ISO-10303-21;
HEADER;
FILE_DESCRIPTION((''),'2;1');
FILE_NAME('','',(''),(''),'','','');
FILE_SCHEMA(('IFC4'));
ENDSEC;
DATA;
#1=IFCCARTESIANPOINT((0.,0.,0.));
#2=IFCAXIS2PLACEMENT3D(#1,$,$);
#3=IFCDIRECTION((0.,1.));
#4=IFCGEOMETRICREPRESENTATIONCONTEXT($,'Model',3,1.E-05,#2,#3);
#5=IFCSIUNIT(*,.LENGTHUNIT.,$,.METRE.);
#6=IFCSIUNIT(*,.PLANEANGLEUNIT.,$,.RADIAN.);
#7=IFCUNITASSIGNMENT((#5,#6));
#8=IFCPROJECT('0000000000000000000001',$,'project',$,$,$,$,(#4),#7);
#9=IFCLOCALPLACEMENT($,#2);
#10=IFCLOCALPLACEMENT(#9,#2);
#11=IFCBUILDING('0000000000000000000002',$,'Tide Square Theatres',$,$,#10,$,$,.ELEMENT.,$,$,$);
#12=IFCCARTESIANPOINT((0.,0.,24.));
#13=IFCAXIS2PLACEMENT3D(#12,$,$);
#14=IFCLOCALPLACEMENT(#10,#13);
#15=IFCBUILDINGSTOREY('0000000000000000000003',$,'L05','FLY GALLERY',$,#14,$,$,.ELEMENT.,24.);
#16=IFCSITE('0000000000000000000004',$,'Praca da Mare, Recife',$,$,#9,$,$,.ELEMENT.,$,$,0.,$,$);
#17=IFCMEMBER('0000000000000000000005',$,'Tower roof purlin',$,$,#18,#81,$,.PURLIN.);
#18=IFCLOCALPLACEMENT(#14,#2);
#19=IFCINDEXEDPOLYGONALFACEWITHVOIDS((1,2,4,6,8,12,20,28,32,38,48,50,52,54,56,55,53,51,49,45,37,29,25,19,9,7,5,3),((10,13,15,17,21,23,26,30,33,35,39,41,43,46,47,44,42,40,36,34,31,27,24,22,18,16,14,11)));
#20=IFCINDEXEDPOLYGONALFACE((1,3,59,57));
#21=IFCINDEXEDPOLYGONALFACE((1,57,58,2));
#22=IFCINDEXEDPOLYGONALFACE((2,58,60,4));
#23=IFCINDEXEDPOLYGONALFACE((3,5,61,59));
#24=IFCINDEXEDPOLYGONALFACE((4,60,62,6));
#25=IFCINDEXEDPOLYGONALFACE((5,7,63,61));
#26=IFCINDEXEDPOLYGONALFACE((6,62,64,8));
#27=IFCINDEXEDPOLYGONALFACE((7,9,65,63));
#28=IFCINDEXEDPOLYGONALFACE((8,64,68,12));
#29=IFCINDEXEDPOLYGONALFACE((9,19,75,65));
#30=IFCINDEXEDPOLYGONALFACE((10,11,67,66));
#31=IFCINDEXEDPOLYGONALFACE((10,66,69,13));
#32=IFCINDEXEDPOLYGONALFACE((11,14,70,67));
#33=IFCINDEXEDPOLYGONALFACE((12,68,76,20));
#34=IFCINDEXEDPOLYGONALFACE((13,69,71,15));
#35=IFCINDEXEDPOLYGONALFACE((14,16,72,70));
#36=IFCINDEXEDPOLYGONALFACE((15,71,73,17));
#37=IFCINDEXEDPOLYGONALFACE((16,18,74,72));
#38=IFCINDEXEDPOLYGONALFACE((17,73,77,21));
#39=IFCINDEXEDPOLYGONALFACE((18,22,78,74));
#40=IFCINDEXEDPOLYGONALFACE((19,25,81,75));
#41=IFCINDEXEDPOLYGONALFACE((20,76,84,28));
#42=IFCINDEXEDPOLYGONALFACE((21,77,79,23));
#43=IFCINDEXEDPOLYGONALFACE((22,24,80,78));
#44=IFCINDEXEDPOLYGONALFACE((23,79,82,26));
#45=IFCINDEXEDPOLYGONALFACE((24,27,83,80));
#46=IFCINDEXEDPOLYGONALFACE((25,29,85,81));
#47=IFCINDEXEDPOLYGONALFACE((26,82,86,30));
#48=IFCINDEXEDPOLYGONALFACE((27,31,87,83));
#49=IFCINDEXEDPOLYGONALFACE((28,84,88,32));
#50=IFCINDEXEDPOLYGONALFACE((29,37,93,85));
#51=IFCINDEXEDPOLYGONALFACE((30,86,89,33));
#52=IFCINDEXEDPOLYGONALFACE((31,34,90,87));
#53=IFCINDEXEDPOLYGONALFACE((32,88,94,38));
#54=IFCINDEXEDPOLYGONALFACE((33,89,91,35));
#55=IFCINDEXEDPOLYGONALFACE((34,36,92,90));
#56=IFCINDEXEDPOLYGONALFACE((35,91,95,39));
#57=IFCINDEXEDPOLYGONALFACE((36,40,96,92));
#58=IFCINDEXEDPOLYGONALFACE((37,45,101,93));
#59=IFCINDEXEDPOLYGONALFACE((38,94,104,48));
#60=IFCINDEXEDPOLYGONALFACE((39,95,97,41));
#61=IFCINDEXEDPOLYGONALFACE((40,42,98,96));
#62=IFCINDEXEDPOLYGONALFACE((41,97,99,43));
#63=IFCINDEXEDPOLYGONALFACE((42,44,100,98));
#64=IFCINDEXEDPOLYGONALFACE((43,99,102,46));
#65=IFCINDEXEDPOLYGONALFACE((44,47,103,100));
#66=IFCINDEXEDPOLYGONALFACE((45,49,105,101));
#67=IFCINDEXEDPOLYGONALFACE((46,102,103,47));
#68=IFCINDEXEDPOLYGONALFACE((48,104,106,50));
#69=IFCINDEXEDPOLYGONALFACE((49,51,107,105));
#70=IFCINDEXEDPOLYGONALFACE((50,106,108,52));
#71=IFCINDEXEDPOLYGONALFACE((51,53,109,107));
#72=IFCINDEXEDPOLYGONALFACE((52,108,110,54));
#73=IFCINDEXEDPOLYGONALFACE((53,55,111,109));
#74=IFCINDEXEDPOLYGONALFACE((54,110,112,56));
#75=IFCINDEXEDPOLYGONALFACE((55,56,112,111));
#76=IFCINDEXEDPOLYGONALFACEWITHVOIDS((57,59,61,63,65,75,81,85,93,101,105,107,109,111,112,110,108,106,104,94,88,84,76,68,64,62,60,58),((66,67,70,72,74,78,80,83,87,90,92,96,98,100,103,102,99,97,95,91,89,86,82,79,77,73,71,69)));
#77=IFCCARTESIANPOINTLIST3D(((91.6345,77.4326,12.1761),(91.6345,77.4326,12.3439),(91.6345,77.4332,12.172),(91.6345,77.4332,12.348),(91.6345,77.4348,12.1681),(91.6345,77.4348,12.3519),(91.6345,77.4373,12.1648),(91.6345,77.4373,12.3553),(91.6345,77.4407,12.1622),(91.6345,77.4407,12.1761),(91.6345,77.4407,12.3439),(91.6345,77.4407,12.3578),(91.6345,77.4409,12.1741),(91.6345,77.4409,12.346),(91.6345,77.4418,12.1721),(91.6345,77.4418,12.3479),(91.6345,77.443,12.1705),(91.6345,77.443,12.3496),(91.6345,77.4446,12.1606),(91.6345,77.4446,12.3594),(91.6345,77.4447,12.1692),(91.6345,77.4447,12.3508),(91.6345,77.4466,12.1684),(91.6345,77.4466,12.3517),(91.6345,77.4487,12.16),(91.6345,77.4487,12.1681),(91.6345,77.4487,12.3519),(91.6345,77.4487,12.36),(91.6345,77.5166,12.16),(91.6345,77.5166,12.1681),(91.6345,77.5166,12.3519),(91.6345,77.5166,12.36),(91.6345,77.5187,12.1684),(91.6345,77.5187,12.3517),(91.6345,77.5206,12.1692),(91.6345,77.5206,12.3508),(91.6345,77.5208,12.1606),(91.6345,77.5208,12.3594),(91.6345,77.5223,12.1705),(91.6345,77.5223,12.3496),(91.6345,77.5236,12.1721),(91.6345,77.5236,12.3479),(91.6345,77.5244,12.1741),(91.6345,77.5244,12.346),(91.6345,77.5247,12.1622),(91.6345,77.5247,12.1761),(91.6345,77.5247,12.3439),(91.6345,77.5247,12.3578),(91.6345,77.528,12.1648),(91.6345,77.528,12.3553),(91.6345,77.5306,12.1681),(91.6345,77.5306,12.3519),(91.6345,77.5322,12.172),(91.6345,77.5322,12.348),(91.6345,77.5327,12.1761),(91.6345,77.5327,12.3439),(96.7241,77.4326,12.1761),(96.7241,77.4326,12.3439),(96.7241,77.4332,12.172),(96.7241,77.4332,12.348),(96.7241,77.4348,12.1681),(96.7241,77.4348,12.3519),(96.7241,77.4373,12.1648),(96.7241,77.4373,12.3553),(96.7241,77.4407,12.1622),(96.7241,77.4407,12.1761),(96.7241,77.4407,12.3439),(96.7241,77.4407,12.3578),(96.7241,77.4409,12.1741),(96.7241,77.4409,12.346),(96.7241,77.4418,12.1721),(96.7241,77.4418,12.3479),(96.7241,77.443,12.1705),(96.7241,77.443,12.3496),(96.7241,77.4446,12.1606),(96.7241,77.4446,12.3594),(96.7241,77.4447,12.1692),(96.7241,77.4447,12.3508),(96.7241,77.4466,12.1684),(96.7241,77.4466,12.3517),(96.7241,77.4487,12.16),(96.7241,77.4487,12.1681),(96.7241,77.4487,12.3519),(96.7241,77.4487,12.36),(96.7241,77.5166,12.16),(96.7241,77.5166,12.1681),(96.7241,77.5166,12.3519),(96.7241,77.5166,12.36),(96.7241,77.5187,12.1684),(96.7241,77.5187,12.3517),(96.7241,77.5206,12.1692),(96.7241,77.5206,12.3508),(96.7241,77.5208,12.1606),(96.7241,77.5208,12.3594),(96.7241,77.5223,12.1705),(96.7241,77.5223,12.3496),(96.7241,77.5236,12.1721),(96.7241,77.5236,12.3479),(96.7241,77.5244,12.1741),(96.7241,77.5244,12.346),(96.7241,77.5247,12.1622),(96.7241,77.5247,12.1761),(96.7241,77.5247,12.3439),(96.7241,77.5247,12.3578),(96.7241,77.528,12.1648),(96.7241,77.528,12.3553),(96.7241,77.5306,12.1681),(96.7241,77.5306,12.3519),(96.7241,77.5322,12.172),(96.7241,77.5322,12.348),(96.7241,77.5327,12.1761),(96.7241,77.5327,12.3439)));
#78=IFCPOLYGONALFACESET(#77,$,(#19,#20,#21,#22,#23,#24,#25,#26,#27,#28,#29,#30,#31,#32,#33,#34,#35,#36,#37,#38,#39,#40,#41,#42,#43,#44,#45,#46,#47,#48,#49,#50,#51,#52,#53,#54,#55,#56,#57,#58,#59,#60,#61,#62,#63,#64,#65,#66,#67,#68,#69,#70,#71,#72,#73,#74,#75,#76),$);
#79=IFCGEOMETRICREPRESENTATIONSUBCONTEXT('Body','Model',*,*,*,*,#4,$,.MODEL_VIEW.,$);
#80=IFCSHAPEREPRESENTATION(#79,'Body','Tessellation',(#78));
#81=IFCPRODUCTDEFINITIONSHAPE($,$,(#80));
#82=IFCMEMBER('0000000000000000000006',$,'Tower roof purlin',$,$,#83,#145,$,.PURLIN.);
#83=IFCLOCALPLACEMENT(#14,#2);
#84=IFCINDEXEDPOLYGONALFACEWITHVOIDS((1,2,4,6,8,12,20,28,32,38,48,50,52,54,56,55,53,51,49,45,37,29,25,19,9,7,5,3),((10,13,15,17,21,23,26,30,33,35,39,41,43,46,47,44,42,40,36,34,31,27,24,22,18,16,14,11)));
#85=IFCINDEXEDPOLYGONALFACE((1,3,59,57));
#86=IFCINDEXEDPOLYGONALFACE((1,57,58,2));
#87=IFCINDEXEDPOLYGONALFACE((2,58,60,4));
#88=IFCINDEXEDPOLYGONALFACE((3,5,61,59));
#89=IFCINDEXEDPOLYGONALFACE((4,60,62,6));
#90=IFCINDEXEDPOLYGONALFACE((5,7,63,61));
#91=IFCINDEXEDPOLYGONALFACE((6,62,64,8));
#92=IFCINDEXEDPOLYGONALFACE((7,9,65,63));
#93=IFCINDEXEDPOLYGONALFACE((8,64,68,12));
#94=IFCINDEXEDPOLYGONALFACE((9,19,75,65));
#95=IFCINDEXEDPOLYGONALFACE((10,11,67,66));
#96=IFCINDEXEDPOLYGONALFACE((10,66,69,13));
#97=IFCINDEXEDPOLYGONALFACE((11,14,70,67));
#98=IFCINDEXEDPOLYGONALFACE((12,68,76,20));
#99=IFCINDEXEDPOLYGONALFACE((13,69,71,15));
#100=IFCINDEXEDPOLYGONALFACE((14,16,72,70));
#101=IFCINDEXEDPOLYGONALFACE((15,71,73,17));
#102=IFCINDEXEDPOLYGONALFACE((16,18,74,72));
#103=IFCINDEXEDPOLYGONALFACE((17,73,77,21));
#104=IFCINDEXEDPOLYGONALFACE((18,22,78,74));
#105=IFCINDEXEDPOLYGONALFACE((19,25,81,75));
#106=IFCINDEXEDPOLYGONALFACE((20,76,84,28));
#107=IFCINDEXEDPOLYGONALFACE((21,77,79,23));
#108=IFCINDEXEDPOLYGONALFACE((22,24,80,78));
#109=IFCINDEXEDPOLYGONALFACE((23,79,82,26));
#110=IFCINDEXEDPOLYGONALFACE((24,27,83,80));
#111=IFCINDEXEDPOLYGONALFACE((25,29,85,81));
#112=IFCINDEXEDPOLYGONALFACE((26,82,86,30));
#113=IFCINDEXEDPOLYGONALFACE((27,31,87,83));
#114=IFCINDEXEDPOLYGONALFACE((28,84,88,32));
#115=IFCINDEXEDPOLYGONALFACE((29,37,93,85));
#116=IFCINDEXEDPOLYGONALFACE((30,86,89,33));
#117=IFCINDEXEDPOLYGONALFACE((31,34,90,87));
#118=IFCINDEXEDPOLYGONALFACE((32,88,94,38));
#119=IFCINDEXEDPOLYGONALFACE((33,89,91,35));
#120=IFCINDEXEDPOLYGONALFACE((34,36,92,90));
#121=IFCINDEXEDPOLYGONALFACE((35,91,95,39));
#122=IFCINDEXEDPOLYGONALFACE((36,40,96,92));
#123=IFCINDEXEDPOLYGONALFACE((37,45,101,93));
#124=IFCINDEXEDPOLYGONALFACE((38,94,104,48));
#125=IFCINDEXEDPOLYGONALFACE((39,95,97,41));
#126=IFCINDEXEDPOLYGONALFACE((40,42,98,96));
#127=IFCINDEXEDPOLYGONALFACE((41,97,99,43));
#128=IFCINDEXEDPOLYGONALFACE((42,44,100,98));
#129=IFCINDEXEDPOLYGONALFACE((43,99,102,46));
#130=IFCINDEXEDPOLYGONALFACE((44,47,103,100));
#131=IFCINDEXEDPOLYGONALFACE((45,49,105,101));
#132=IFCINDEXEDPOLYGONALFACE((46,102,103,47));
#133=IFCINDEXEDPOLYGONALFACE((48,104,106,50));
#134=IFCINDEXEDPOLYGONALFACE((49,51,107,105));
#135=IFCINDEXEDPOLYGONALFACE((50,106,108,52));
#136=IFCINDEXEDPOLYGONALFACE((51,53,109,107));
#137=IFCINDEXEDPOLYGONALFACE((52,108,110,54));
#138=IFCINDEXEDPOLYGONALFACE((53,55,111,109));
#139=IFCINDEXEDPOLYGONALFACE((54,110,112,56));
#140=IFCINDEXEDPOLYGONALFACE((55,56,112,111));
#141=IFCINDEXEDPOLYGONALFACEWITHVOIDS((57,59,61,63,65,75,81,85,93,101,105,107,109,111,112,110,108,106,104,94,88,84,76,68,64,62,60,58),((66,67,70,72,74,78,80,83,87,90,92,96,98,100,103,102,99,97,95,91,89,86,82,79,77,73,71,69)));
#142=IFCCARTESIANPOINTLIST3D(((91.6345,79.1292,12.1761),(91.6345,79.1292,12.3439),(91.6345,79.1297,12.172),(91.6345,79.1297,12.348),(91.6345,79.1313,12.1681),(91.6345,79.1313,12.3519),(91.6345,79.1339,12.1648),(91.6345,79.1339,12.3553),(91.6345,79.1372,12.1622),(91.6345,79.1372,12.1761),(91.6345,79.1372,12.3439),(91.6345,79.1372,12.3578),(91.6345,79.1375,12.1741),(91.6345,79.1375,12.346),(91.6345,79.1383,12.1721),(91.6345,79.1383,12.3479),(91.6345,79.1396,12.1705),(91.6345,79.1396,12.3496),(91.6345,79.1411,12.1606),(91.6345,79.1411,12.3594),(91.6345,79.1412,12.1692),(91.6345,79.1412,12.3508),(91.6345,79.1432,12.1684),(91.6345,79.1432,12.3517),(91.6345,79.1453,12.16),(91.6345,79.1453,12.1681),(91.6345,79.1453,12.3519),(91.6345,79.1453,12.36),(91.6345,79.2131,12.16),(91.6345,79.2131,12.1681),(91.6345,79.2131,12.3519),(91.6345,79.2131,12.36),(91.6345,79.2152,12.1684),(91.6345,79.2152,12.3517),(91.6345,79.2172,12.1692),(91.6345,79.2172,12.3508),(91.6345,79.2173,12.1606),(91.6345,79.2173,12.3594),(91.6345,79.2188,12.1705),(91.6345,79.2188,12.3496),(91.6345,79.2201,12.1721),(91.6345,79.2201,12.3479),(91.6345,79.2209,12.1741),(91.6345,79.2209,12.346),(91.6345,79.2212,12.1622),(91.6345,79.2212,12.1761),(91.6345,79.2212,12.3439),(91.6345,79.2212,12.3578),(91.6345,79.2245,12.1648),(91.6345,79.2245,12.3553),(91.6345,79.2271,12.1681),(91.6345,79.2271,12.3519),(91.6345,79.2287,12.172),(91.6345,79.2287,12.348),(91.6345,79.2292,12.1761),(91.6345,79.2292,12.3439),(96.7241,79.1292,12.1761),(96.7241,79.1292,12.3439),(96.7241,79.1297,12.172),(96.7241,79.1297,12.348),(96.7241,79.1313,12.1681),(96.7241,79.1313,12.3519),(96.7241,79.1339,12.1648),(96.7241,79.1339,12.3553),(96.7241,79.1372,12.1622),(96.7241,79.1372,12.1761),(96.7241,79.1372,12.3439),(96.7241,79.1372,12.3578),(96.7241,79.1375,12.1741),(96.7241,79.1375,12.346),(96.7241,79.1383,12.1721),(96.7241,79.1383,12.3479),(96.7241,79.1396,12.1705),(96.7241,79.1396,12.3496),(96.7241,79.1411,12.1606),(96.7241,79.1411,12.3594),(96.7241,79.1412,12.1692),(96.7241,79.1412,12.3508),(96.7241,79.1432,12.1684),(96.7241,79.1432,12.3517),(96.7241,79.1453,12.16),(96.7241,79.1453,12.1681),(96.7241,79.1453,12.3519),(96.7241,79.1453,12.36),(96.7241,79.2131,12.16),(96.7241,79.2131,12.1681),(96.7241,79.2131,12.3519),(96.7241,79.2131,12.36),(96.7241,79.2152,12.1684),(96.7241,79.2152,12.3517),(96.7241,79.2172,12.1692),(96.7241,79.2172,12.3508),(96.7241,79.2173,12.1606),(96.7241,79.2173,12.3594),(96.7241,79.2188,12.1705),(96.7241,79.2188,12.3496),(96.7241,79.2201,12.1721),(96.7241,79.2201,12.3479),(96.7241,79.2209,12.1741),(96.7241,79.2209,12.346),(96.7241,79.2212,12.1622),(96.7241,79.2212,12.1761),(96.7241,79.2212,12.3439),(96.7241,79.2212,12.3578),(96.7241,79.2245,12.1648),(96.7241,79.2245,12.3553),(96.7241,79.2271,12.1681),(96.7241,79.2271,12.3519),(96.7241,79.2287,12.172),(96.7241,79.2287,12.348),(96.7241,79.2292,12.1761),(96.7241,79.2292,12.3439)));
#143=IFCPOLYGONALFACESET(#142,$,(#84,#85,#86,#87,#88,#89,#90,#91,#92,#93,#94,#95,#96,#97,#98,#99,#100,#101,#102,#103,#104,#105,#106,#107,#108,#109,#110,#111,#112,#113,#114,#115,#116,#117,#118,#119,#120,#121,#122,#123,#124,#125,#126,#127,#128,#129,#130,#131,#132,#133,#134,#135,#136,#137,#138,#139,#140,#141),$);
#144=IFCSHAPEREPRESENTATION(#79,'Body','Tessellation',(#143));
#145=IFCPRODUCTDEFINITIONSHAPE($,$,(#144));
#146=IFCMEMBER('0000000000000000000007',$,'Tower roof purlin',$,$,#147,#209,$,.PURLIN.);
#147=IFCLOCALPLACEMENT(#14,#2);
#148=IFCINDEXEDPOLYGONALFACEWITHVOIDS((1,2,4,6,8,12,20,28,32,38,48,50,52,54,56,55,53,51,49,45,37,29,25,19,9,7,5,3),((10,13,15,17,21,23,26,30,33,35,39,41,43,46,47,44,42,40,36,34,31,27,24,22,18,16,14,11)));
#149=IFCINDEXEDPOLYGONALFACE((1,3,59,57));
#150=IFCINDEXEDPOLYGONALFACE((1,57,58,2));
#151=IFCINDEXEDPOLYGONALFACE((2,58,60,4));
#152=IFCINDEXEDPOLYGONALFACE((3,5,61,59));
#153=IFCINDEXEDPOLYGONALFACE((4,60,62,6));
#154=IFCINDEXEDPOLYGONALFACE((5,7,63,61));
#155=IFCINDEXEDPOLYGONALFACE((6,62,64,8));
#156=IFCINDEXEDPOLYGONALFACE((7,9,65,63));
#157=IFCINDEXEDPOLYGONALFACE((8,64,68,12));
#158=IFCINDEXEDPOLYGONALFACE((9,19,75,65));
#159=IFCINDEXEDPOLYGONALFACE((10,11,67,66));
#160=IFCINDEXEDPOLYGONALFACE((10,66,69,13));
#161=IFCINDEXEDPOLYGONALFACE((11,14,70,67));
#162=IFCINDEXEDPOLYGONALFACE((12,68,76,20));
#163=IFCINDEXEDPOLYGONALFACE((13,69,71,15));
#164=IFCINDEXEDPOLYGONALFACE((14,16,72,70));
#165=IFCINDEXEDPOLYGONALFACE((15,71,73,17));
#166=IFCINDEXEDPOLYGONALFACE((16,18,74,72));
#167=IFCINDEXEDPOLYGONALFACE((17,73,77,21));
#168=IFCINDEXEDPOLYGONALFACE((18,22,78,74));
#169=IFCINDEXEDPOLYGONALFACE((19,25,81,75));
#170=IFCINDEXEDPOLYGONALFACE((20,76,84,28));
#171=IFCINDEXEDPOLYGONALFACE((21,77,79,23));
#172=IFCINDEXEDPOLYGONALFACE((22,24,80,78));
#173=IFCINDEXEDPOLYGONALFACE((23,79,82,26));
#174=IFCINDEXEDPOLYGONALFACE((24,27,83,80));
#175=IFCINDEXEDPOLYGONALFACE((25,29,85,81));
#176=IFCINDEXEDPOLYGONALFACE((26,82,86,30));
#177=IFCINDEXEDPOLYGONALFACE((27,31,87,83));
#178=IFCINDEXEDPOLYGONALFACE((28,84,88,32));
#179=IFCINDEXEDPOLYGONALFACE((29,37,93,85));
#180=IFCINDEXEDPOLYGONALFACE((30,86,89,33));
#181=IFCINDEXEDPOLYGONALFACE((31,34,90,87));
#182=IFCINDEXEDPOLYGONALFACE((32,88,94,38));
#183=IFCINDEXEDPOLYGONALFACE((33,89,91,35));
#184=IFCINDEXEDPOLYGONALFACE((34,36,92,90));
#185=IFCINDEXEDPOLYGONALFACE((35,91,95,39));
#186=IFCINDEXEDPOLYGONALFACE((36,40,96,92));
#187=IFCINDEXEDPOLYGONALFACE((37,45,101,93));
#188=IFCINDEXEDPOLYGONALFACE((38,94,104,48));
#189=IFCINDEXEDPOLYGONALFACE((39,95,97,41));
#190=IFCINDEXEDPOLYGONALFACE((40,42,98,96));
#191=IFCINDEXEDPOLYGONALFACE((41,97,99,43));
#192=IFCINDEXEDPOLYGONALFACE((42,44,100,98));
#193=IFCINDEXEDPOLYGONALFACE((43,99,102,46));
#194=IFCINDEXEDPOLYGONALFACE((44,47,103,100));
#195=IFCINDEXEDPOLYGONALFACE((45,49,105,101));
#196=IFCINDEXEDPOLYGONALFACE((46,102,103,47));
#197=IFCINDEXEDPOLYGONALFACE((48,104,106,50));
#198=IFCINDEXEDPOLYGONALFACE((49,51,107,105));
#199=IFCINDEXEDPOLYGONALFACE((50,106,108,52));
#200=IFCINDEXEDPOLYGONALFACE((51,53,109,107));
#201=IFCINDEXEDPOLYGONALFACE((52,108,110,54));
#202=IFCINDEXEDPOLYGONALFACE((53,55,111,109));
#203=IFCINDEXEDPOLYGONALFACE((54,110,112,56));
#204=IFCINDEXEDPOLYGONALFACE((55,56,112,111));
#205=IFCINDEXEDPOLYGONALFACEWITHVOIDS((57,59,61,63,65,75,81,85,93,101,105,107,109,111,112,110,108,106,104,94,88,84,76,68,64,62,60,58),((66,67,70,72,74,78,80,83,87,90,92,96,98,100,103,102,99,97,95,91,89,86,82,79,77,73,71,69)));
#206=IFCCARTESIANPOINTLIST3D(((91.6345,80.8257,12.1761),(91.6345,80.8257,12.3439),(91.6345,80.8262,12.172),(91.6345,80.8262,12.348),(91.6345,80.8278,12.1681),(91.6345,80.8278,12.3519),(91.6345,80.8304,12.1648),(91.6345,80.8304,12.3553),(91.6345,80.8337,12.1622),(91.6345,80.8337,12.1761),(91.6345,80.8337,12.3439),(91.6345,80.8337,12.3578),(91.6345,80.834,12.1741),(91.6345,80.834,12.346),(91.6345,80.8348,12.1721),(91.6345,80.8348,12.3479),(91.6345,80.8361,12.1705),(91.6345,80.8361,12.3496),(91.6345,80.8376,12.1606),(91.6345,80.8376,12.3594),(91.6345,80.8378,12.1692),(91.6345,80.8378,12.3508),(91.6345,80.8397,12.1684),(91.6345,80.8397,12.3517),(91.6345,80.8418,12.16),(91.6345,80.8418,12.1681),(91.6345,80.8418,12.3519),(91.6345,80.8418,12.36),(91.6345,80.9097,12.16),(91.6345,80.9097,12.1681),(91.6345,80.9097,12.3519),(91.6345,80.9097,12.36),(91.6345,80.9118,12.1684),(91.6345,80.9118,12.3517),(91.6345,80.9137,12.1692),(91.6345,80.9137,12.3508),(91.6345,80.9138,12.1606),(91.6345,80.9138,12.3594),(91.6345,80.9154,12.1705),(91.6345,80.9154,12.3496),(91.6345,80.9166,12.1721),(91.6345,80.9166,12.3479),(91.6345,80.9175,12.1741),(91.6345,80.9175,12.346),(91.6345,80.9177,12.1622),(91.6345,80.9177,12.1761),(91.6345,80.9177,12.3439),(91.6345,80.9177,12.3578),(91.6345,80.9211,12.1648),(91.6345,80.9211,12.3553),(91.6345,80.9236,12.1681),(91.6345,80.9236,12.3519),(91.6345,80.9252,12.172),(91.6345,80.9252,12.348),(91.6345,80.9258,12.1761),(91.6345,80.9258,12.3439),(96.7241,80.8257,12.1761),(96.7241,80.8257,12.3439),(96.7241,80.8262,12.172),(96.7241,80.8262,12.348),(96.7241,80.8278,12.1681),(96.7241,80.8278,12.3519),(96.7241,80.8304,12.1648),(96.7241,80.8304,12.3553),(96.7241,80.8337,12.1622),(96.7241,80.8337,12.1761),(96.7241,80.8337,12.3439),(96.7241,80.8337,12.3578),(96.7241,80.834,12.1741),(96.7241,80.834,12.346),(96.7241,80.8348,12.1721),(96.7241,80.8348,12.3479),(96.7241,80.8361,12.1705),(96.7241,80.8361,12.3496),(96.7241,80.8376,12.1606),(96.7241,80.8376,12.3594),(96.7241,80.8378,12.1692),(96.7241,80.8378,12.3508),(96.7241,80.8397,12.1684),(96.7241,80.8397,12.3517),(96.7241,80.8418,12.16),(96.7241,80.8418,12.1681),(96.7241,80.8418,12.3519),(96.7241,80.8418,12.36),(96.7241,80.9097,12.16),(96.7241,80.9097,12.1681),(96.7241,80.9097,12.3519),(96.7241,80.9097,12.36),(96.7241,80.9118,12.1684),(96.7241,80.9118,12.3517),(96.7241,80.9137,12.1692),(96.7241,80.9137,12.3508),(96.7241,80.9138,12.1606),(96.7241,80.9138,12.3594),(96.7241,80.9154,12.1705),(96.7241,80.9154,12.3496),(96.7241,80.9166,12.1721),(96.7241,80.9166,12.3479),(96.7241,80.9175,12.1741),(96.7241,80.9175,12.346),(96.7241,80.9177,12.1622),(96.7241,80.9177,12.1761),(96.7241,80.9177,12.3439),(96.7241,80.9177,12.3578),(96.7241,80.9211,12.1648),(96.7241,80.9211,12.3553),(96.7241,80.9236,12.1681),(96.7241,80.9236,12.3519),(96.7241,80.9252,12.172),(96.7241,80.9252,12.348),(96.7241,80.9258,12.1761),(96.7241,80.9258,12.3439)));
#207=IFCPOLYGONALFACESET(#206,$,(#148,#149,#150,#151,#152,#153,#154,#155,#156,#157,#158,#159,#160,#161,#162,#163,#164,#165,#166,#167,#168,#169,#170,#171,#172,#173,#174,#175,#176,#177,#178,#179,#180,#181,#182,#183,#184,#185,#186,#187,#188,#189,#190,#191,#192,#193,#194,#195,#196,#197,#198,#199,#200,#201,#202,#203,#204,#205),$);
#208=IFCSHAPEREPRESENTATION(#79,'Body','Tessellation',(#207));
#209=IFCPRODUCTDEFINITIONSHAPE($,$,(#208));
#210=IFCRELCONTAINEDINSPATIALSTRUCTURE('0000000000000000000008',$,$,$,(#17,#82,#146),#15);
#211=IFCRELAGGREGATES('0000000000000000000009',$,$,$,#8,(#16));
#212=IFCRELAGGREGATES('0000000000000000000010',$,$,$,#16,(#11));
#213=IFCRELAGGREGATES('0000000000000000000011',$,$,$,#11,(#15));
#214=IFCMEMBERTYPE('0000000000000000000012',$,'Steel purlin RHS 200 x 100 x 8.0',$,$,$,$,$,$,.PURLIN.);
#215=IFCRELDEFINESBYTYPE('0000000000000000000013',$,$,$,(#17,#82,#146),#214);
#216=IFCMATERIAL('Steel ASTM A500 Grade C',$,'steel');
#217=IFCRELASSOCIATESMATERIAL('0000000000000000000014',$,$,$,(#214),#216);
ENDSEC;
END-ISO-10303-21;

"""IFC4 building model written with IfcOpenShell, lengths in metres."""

from ifc_helpers import new_model, si_unit, direction, frame, origin, origin_2d, place, context, subcontext, project, spatial, hollow_rectangle, extrude, material, material_profile, profile_set, type_object, element, save


model = new_model("IFC4")

# Units and contexts
model_context = context("Model", 3, precision=1e-05, world=origin(), true_north=direction((0.0, 1.0)))
body_context = subcontext(model_context, "Body", "Model", "MODEL_VIEW")
ifc_project = project(units=[si_unit("LENGTHUNIT", "METRE"), si_unit("PLANEANGLEUNIT", "RADIAN")], contexts=[model_context])

# Site, building, storey
site_placement = place(None, origin())
site = spatial("IfcSite", under=ifc_project, at=site_placement, Name="Praca da Mare, Recife", CompositionType="ELEMENT", RefElevation=0.0)
building_placement = place(site_placement, origin())
building = spatial("IfcBuilding", under=site, at=building_placement, Name="Tide Square Theatres", CompositionType="ELEMENT")
storey_placement = place(building_placement, frame((0.0, 0.0, 24.0)))
storey = spatial("IfcBuildingStorey", under=building, at=storey_placement, Name="L05", Description="FLY GALLERY", CompositionType="ELEMENT", Elevation=24.0)

# Members
ifc_material_1 = material(Name="Steel ASTM A500 Grade C", Category="steel")
ifc_material_profile_1 = material_profile(ifc_material_1, hollow_rectangle(XDim=0.1001, YDim=0.2, WallThickness=0.0081, InnerFilletRadius=0.0081, OuterFilletRadius=0.0161, at=origin_2d()))
ifc_profile_set_1 = profile_set([ifc_material_profile_1], Name="Steel ASTM A500 Grade C")
member_type_1 = type_object("IfcMemberType", Name="Steel purlin RHS 200 x 100 x 8.0", PredefinedType="PURLIN", material=ifc_profile_set_1)
for number, where, z_axis, x_axis, name in (
    (1, (91.6345, 77.4827, 12.26), (1.0, 0.0, 0.0), (0.0, 1.0, 0.0), "Tower roof purlin"),
    (2, (91.6345, 79.1792, 12.26), (1.0, 0.0, 0.0), (0.0, 1.0, 0.0), "Tower roof purlin"),
    (3, (91.6345, 80.8757, 12.26), (1.0, 0.0, 0.0), (0.0, 1.0, 0.0), "Tower roof purlin"),
):
    element("IfcMember", number, at=place(storey_placement, frame(where, z_axis=z_axis, x_axis=x_axis)), inside=storey, type_object=member_type_1, Name=name, PredefinedType="PURLIN", context=body_context, shape_type="SweptSolid", body=[
        extrude(hollow_rectangle(XDim=0.1001, YDim=0.2, WallThickness=0.0081, InnerFilletRadius=0.0081, OuterFilletRadius=0.0161, at=origin_2d()), origin(), (0.0, 0.0, 1.0), 5.0896),
    ])

save(model, "model.ifc")
